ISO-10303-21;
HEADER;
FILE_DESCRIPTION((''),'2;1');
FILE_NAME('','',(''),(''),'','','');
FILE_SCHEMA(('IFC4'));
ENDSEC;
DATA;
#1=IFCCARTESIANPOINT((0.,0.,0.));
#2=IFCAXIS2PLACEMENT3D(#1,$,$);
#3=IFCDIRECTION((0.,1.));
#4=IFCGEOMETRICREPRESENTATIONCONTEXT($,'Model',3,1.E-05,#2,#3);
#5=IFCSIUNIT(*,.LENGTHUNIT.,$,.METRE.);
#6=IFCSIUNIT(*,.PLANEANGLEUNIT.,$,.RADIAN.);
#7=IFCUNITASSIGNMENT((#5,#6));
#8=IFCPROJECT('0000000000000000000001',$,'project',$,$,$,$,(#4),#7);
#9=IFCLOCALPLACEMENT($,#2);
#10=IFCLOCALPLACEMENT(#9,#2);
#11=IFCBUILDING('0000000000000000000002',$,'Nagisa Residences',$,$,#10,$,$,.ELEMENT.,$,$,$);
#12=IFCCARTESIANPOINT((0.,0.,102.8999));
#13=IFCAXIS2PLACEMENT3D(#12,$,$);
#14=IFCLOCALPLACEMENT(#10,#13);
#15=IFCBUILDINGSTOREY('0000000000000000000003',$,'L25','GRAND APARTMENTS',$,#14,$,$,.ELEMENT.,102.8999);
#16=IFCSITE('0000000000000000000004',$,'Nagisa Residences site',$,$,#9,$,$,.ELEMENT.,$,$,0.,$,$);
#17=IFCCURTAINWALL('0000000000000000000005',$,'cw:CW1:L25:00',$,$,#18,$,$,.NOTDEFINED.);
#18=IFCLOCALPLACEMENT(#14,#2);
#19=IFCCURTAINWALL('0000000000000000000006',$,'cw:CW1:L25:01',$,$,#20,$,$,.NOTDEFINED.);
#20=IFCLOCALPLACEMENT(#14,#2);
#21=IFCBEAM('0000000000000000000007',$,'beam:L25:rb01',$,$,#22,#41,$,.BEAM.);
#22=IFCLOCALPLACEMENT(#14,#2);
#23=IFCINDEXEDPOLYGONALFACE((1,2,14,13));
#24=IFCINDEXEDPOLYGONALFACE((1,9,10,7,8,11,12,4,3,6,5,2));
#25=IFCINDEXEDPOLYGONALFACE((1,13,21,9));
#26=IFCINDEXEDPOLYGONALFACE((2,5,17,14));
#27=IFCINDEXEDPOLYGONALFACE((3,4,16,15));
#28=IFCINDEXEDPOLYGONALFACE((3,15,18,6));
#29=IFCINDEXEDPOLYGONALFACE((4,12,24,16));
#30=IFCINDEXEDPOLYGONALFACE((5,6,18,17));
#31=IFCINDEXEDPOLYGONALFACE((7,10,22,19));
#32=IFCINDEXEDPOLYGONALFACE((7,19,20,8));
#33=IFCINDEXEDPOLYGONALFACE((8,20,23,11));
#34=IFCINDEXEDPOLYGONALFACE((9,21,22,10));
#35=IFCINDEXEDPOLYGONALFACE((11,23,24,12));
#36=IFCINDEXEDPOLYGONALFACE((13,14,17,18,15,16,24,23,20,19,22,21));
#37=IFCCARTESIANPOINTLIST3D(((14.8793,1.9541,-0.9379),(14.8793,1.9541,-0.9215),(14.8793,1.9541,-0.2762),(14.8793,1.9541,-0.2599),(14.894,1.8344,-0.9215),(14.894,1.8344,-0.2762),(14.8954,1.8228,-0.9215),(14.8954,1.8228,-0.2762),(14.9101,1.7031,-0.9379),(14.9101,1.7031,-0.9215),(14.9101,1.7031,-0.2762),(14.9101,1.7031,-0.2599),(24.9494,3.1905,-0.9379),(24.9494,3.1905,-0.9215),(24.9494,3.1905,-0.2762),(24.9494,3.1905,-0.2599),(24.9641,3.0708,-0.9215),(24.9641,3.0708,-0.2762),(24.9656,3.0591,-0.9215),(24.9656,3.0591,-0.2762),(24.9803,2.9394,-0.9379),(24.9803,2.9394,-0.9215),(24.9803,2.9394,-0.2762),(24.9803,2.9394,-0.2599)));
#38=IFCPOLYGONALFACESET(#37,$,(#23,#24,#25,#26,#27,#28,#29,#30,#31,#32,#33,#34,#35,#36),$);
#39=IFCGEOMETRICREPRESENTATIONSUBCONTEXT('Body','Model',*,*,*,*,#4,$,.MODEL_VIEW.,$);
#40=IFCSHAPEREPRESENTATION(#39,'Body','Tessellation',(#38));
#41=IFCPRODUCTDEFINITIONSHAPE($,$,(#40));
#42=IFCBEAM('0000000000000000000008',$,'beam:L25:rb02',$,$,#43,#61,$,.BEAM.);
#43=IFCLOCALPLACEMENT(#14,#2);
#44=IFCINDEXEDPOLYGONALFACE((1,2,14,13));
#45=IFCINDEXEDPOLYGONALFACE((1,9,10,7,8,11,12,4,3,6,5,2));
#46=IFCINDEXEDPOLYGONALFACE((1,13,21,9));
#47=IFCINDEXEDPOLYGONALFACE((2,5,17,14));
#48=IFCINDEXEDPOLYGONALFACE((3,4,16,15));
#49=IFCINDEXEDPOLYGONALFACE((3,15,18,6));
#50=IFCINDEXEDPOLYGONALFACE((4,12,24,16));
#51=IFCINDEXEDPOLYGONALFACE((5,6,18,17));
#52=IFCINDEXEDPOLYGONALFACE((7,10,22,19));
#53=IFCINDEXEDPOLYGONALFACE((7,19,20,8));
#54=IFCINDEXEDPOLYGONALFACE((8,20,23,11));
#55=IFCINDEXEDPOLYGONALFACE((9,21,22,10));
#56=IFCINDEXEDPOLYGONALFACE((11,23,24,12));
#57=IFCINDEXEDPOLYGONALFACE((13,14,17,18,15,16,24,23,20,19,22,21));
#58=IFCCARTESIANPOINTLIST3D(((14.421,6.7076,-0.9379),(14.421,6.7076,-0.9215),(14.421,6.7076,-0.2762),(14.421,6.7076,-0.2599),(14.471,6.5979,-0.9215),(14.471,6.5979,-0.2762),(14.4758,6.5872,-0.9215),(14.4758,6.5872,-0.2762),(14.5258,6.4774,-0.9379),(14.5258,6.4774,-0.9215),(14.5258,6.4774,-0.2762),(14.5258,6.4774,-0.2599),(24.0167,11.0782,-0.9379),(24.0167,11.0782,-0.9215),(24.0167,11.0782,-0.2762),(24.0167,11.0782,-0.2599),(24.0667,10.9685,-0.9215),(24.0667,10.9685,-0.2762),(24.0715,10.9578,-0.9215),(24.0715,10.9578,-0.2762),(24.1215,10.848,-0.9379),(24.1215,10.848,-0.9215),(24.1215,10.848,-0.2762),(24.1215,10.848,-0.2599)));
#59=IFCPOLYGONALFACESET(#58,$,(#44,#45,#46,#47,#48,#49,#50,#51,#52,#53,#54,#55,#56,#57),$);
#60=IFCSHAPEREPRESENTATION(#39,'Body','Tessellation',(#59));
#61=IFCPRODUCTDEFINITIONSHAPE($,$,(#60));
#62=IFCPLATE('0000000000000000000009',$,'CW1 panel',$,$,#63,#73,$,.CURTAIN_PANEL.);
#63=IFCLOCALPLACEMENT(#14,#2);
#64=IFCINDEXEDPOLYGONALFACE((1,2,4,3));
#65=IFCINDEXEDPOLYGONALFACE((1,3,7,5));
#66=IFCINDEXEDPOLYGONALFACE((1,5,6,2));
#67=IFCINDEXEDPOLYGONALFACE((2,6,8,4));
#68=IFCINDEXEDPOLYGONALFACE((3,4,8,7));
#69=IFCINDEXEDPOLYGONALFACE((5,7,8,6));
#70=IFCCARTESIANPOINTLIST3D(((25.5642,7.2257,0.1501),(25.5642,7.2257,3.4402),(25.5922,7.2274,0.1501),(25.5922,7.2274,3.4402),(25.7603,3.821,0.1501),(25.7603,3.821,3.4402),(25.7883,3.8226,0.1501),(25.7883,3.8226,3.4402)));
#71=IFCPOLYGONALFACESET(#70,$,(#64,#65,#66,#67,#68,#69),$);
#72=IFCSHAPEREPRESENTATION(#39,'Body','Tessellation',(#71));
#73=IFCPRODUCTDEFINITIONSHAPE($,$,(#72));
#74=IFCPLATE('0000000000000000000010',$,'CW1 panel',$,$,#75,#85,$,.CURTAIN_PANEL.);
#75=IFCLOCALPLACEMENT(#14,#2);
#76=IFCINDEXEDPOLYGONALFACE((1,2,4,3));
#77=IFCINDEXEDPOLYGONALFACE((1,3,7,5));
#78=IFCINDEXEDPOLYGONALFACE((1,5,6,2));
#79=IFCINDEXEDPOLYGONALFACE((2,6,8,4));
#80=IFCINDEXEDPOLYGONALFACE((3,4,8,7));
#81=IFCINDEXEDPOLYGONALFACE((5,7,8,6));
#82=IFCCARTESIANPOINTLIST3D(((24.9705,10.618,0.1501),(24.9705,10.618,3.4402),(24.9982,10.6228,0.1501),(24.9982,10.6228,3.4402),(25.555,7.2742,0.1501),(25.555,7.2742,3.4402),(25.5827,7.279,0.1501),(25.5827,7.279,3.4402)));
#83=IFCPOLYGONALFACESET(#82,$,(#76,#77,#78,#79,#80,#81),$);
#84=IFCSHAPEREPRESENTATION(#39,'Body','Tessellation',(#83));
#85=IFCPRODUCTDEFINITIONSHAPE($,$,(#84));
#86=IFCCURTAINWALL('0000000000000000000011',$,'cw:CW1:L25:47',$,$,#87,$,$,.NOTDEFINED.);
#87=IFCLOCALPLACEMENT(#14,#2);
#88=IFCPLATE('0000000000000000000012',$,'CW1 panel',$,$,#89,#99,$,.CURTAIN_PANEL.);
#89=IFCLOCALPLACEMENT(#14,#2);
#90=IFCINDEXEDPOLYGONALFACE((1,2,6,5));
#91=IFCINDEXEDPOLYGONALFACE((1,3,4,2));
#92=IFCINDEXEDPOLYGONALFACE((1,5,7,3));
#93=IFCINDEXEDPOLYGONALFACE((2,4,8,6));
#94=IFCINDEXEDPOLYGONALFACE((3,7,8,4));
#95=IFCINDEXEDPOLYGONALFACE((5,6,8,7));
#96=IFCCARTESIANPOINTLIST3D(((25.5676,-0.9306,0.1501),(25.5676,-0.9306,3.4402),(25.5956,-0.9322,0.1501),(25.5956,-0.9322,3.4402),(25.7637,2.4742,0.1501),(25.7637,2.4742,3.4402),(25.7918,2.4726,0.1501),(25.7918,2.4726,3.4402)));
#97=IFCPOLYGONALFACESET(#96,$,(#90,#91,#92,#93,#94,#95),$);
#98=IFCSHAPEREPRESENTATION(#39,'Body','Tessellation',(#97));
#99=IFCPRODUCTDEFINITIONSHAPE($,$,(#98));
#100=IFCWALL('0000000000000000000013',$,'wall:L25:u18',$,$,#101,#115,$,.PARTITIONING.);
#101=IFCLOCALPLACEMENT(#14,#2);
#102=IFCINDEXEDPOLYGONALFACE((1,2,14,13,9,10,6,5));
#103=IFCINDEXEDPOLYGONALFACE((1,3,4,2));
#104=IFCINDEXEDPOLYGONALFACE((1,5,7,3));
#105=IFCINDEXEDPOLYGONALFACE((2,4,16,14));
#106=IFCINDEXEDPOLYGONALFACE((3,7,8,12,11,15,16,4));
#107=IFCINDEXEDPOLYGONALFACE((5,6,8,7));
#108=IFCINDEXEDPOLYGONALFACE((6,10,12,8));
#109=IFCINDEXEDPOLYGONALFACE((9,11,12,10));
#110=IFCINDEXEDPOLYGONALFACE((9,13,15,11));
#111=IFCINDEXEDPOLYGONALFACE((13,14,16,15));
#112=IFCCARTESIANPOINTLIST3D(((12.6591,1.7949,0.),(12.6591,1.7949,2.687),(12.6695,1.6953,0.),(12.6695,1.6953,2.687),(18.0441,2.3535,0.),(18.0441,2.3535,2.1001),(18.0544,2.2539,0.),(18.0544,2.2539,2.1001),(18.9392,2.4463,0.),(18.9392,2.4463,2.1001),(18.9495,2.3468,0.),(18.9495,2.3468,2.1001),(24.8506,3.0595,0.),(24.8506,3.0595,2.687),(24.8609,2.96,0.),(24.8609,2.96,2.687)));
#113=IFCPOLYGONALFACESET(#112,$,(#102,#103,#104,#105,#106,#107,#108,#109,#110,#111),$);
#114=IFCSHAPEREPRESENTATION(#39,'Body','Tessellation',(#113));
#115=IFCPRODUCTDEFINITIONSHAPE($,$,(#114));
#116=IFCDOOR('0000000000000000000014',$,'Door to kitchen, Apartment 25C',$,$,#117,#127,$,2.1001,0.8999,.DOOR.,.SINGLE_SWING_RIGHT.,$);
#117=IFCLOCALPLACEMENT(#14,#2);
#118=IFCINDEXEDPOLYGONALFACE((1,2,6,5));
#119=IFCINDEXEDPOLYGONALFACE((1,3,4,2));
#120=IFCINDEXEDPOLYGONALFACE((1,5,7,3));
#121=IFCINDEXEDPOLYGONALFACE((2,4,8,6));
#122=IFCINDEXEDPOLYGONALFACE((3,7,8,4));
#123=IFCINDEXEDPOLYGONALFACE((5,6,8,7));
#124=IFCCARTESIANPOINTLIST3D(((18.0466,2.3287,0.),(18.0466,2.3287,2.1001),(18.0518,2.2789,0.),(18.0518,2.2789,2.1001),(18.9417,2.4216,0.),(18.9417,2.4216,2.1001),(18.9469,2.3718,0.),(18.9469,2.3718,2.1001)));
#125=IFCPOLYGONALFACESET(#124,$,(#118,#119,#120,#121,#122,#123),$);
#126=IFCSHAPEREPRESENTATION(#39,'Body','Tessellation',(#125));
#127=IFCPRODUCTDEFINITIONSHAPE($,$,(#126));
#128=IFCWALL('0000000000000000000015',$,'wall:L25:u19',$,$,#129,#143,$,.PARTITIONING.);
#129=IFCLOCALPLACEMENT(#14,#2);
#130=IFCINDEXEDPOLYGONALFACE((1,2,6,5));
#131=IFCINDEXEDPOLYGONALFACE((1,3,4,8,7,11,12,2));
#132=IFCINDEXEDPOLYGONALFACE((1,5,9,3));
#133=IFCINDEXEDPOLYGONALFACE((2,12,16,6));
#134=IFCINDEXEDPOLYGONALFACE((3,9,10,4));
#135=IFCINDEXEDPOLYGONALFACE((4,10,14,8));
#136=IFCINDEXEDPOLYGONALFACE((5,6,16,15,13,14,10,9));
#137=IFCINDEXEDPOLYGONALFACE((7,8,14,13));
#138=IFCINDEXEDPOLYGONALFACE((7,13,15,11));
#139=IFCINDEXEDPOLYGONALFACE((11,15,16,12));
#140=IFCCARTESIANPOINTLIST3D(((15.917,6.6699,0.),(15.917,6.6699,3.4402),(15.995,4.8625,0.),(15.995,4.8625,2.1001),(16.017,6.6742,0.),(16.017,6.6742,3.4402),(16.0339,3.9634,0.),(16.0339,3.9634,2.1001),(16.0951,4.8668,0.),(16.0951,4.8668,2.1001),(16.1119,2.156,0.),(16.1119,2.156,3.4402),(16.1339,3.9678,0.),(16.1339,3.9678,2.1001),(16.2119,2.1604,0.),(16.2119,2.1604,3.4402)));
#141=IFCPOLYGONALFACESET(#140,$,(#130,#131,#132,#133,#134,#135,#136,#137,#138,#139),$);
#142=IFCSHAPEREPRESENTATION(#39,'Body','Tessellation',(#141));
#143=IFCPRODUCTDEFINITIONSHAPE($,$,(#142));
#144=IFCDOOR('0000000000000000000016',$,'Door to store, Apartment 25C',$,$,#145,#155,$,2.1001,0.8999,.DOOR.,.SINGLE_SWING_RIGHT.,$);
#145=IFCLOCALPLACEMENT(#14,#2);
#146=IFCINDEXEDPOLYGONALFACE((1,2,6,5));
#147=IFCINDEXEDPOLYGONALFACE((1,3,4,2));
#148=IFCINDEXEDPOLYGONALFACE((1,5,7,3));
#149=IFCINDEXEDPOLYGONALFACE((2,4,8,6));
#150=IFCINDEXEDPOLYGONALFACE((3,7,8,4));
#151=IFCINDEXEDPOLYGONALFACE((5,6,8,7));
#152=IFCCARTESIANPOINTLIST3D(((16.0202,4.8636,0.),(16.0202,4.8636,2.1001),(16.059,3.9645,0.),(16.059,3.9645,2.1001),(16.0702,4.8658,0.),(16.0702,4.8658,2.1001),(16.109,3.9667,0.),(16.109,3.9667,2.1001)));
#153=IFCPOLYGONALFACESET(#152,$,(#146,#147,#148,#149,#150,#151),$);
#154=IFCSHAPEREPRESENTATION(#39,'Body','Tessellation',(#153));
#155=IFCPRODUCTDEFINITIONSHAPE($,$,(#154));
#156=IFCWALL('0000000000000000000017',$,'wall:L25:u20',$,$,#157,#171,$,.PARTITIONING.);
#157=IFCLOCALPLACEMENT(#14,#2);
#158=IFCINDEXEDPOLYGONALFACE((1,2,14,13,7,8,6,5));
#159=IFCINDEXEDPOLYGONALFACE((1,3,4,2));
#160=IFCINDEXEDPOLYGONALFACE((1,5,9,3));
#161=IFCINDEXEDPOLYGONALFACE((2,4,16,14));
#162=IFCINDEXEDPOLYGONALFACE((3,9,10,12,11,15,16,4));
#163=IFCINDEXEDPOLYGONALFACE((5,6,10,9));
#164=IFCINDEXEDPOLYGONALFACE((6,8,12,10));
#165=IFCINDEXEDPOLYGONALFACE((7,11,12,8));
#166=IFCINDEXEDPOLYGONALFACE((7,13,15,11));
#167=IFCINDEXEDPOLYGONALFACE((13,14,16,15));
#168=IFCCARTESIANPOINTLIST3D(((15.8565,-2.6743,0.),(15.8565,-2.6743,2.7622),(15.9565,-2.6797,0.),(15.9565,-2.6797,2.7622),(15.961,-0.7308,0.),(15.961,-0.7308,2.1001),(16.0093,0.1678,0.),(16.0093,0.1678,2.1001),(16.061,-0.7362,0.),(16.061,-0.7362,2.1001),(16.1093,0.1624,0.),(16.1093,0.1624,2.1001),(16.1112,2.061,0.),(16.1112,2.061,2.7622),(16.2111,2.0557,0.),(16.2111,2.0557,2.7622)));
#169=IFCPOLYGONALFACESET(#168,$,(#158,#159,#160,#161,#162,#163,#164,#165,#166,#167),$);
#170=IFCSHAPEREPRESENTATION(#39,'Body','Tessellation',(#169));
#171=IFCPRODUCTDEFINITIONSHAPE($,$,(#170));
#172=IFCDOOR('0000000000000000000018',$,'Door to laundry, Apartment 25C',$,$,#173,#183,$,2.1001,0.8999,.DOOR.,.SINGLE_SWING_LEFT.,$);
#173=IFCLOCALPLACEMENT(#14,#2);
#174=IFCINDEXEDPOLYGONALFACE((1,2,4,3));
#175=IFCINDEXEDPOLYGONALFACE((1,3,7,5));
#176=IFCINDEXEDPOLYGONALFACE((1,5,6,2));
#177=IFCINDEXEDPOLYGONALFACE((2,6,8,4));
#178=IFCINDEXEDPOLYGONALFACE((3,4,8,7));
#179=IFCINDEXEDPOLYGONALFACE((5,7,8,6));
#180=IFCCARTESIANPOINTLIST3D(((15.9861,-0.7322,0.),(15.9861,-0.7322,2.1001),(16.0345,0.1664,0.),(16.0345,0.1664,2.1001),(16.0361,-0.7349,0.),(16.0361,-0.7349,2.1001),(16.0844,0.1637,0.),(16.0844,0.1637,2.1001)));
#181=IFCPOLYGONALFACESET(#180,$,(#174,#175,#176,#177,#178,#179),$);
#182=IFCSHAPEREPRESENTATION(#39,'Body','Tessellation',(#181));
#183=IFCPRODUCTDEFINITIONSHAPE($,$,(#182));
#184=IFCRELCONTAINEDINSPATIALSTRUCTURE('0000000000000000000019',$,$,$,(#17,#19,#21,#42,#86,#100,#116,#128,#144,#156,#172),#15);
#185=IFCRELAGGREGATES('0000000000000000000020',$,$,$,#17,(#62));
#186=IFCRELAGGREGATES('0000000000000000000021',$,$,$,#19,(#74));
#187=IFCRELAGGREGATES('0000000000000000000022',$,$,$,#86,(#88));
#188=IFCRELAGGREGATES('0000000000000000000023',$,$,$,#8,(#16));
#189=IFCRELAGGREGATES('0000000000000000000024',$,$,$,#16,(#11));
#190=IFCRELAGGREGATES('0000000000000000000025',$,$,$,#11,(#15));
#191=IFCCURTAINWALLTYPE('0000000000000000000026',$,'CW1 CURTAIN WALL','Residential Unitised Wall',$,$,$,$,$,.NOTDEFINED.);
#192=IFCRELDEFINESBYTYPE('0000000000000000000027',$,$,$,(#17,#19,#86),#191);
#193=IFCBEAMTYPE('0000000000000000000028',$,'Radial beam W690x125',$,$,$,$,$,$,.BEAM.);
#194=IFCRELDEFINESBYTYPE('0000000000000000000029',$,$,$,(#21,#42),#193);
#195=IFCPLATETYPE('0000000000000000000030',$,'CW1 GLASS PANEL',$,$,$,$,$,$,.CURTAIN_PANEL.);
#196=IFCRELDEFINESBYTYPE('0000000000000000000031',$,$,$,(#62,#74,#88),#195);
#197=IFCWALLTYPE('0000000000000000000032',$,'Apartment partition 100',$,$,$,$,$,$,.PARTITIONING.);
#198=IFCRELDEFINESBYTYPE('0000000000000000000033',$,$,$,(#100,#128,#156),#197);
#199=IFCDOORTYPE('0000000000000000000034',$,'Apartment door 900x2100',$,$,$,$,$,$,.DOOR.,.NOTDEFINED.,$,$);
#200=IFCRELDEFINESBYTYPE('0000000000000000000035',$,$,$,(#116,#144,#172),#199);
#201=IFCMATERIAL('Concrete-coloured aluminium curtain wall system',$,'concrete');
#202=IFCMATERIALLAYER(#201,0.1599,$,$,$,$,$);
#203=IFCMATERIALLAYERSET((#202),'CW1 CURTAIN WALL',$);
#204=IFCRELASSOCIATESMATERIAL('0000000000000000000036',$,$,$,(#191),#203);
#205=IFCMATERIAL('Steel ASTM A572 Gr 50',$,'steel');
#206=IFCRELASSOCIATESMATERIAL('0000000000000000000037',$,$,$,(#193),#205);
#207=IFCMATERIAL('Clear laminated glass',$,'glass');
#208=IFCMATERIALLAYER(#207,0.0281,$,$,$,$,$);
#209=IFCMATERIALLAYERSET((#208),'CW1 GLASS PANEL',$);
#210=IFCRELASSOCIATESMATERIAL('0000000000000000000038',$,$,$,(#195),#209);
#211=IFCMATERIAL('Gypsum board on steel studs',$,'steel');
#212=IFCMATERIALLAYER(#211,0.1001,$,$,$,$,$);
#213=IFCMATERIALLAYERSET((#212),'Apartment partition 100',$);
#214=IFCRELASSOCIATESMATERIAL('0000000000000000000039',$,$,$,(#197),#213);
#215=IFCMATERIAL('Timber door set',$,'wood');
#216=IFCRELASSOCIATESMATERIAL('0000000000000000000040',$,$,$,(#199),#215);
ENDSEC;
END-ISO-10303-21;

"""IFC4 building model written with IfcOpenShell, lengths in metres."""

from ifc_helpers import new_model, si_unit, direction, frame, frame_2d, origin, origin_2d, place, context, subcontext, project, spatial, rectangle, i_section, extrude, material, layer, layer_set, material_profile, profile_set, type_object, element, fill, aggregate, save


model = new_model("IFC4")

# Units and contexts
model_context = context("Model", 3, precision=1e-05, world=origin(), true_north=direction((0.0, 1.0)))
body_context = subcontext(model_context, "Body", "Model", "MODEL_VIEW")
ifc_project = project(units=[si_unit("LENGTHUNIT", "METRE"), si_unit("PLANEANGLEUNIT", "RADIAN")], contexts=[model_context])

# Site, building, storey
site_placement = place(None, origin())
site = spatial("IfcSite", under=ifc_project, at=site_placement, Name="Nagisa Residences site", CompositionType="ELEMENT", RefElevation=0.0)
building_placement = place(site_placement, origin())
building = spatial("IfcBuilding", under=site, at=building_placement, Name="Nagisa Residences", CompositionType="ELEMENT")
storey_placement = place(building_placement, frame((0.0, 0.0, 102.8999)))
storey = spatial("IfcBuildingStorey", under=building, at=storey_placement, Name="L25", Description="GRAND APARTMENTS", CompositionType="ELEMENT", Elevation=102.8999)

# Curtain walls
ifc_material_1 = material(Name="Concrete-coloured aluminium curtain wall system", Category="concrete")
ifc_layer_1 = layer(ifc_material_1, 0.1599)
ifc_layer_set_1 = layer_set([ifc_layer_1], Name="CW1 CURTAIN WALL")
curtain_wall_type = type_object("IfcCurtainWallType", Name="CW1 CURTAIN WALL", Description="Residential Unitised Wall", PredefinedType="NOTDEFINED", material=ifc_layer_set_1)
curtain_wall_1_placement = place(storey_placement, origin())
curtain_wall_1 = element("IfcCurtainWall", 1, at=curtain_wall_1_placement, inside=storey, type_object=curtain_wall_type, Name="cw:CW1:L25:00", PredefinedType="NOTDEFINED")
curtain_wall_2_placement = place(storey_placement, origin())
curtain_wall_2 = element("IfcCurtainWall", 2, at=curtain_wall_2_placement, inside=storey, type_object=curtain_wall_type, Name="cw:CW1:L25:01", PredefinedType="NOTDEFINED")

# Beams
ifc_material_2 = material(Name="Steel ASTM A572 Gr 50", Category="steel")
ifc_material_profile_1 = material_profile(ifc_material_2, i_section(OverallWidth=0.2529, OverallDepth=0.678, WebThickness=0.0117, FlangeThickness=0.0164, at=origin_2d()), Name="W690x125")
ifc_profile_set_1 = profile_set([ifc_material_profile_1], Name="Steel ASTM A572 Gr 50")
beam_type_1 = type_object("IfcBeamType", Name="Radial beam W690x125", PredefinedType="BEAM", material=ifc_profile_set_1)
beam_1_placement = place(storey_placement, frame((24.9648, 3.0649, -0.5989), z_axis=(-0.992548, -0.121858, 0.0), x_axis=(0.121858, -0.992548, 0.0)))
element("IfcBeam", 3, at=beam_1_placement, inside=storey, type_object=beam_type_1, Name="beam:L25:rb01", PredefinedType="BEAM", context=body_context, shape_type="SweptSolid", body=[
    extrude(i_section(OverallWidth=0.2529, OverallDepth=0.678, WebThickness=0.0117, FlangeThickness=0.0164, at=origin_2d()), origin(), (0.0, 0.0, 1.0), 10.1458),
])
beam_2_placement = place(storey_placement, frame((24.0691, 10.9631, -0.5989), z_axis=(-0.910047, -0.414504, 0.0), x_axis=(0.414504, -0.910047, 0.0)))
element("IfcBeam", 4, at=beam_2_placement, inside=storey, type_object=beam_type_1, Name="beam:L25:rb02", PredefinedType="BEAM", context=body_context, shape_type="SweptSolid", body=[
    extrude(i_section(OverallWidth=0.2529, OverallDepth=0.678, WebThickness=0.0117, FlangeThickness=0.0164, at=origin_2d()), origin(), (0.0, 0.0, 1.0), 10.5442),
])

# Plates
ifc_material_3 = material(Name="Clear laminated glass", Category="glass")
ifc_layer_2 = layer(ifc_material_3, 0.0281)
ifc_layer_set_2 = layer_set([ifc_layer_2], Name="CW1 GLASS PANEL")
plate_type = type_object("IfcPlateType", Name="CW1 GLASS PANEL", PredefinedType="CURTAIN_PANEL", material=ifc_layer_set_2)
plate_1_placement = place(storey_placement, frame((25.6763, 5.5242, 0.1501), z_axis=(0.0, 0.0, 1.0), x_axis=(-0.057503, 0.998345, 0.0)))
plate_1 = element("IfcPlate", 5, at=plate_1_placement, type_object=plate_type, Name="CW1 panel", PredefinedType="CURTAIN_PANEL", context=body_context, shape_type="SweptSolid", body=[
    extrude(rectangle(XDim=3.4104, YDim=0.0281, at=origin_2d()), origin(), (0.0, 0.0, 1.0), 3.29),
])
aggregate(curtain_wall_1, [plate_1])
plate_2_placement = place(storey_placement, frame((25.2766, 8.9485, 0.1501), z_axis=(0.0, 0.0, 1.0), x_axis=(-0.172191, 0.985064, 0.0)))
plate_2 = element("IfcPlate", 6, at=plate_2_placement, type_object=plate_type, Name="CW1 panel", PredefinedType="CURTAIN_PANEL", context=body_context, shape_type="SweptSolid", body=[
    extrude(rectangle(XDim=3.3945, YDim=0.0281, at=origin_2d()), origin(), (0.0, 0.0, 1.0), 3.29),
])
aggregate(curtain_wall_2, [plate_2])

# Curtain wall, plate
curtain_wall_3_placement = place(storey_placement, origin())
curtain_wall_3 = element("IfcCurtainWall", 7, at=curtain_wall_3_placement, inside=storey, type_object=curtain_wall_type, Name="cw:CW1:L25:47", PredefinedType="NOTDEFINED")
plate_3_placement = place(storey_placement, frame((25.6797, 0.771, 0.1501), z_axis=(0.0, 0.0, 1.0), x_axis=(0.057503, 0.998345, 0.0)))
plate_3 = element("IfcPlate", 8, at=plate_3_placement, type_object=plate_type, Name="CW1 panel", PredefinedType="CURTAIN_PANEL", context=body_context, shape_type="SweptSolid", body=[
    extrude(rectangle(XDim=3.4104, YDim=0.0281, at=origin_2d()), origin(), (0.0, 0.0, 1.0), 3.29),
])
aggregate(curtain_wall_3, [plate_3])

# Walls, openings, doors
ifc_material_4 = material(Name="Gypsum board on steel studs", Category="steel")
ifc_layer_3 = layer(ifc_material_4, 0.1001)
ifc_layer_set_3 = layer_set([ifc_layer_3], Name="Apartment partition 100")
wall_type = type_object("IfcWallType", Name="Apartment partition 100", PredefinedType="PARTITIONING", material=ifc_layer_set_3)
wall_1_placement = place(storey_placement, frame((12.6643, 1.7451, 0.0), z_axis=(0.0, 0.0, 1.0), x_axis=(0.994663, 0.103179, 0.0)))
wall_1 = element("IfcWall", 9, at=wall_1_placement, inside=storey, type_object=wall_type, Name="wall:L25:u18", PredefinedType="PARTITIONING", context=body_context, shape_type="SweptSolid", body=[
    extrude(rectangle(XDim=12.2568, YDim=0.1001, at=frame_2d((6.1284, 0.0))), origin(), (0.0, 0.0, 1.0), 2.687),
])
opening_1_placement = place(wall_1_placement, frame((5.4138, 0.0, 0.0)))
opening_1 = element("IfcOpeningElement", 10, at=opening_1_placement, cuts=wall_1, PredefinedType="OPENING", context=body_context, shape_type="SweptSolid", body=[
    extrude(rectangle(XDim=0.8999, YDim=2.1001, at=frame_2d((0.45, 1.05))), frame((0.0, 0.0601, 0.0), z_axis=(0.0, -1.0, 0.0), x_axis=(1.0, 0.0, 0.0)), (0.0, 0.0, 1.0), 0.1201),
])
ifc_material_5 = material(Name="Timber door set", Category="wood")
door_type = type_object("IfcDoorType", Name="Apartment door 900x2100", OperationType="NOTDEFINED", PredefinedType="DOOR", material=ifc_material_5)
door_1_placement = place(opening_1_placement, frame((0.8999, 0.0, 0.0), x_axis=(-1.0, 0.0, 0.0)))
door_1 = element("IfcDoor", 11, at=door_1_placement, inside=storey, type_object=door_type, Name="Door to kitchen, Apartment 25C", OperationType="SINGLE_SWING_RIGHT", OverallHeight=2.1001, OverallWidth=0.8999, PredefinedType="DOOR", context=body_context, shape_type="SweptSolid", body=[
    extrude(rectangle(XDim=0.8999, YDim=2.1001, at=frame_2d((0.45, 1.05))), frame((0.0, 0.0249, 0.0), z_axis=(0.0, -1.0, 0.0), x_axis=(1.0, 0.0, 0.0)), (0.0, 0.0, 1.0), 0.05),
])
fill(opening_1, door_1)
wall_2_placement = place(storey_placement, frame((16.1619, 2.1582, 0.0), z_axis=(0.0, 0.0, 1.0), x_axis=(-0.043121, 0.99907, 0.0)))
wall_2 = element("IfcWall", 12, at=wall_2_placement, inside=storey, type_object=wall_type, Name="wall:L25:u19", PredefinedType="PARTITIONING", context=body_context, shape_type="SweptSolid", body=[
    extrude(rectangle(XDim=4.5181, YDim=0.1001, at=frame_2d((2.259, 0.0))), origin(), (0.0, 0.0, 1.0), 3.4402),
])
opening_2_placement = place(wall_2_placement, frame((1.8091, 0.0, 0.0)))
opening_2 = element("IfcOpeningElement", 13, at=opening_2_placement, cuts=wall_2, PredefinedType="OPENING", context=body_context, shape_type="SweptSolid", body=[
    extrude(rectangle(XDim=0.8999, YDim=2.1001, at=frame_2d((0.45, 1.05))), frame((0.0, 0.0601, 0.0), z_axis=(0.0, -1.0, 0.0), x_axis=(1.0, 0.0, 0.0)), (0.0, 0.0, 1.0), 0.1201),
])
door_2_placement = place(opening_2_placement, origin())
door_2 = element("IfcDoor", 14, at=door_2_placement, inside=storey, type_object=door_type, Name="Door to store, Apartment 25C", OperationType="SINGLE_SWING_RIGHT", OverallHeight=2.1001, OverallWidth=0.8999, PredefinedType="DOOR", context=body_context, shape_type="SweptSolid", body=[
    extrude(rectangle(XDim=0.8999, YDim=2.1001, at=frame_2d((0.45, 1.05))), frame((0.0, 0.0249, 0.0), z_axis=(0.0, -1.0, 0.0), x_axis=(1.0, 0.0, 0.0)), (0.0, 0.0, 1.0), 0.05),
])
fill(opening_2, door_2)
wall_3_placement = place(storey_placement, frame((16.1611, 2.0583, 0.0), z_axis=(0.0, 0.0, 1.0), x_axis=(-0.053696, -0.998557, 0.0)))
wall_3 = element("IfcWall", 15, at=wall_3_placement, inside=storey, type_object=wall_type, Name="wall:L25:u20", PredefinedType="PARTITIONING", context=body_context, shape_type="SweptSolid", body=[
    extrude(rectangle(XDim=4.7422, YDim=0.1001, at=frame_2d((2.3711, 0.0))), origin(), (0.0, 0.0, 1.0), 2.7622),
])
opening_3_placement = place(wall_3_placement, frame((1.896, 0.0, 0.0)))
opening_3 = element("IfcOpeningElement", 16, at=opening_3_placement, cuts=wall_3, PredefinedType="OPENING", context=body_context, shape_type="SweptSolid", body=[
    extrude(rectangle(XDim=0.8999, YDim=2.1001, at=frame_2d((0.45, 1.05))), frame((0.0, 0.0601, 0.0), z_axis=(0.0, -1.0, 0.0), x_axis=(1.0, 0.0, 0.0)), (0.0, 0.0, 1.0), 0.1201),
])
door_3_placement = place(opening_3_placement, frame((0.8999, 0.0, 0.0), x_axis=(-1.0, 0.0, 0.0)))
door_3 = element("IfcDoor", 17, at=door_3_placement, inside=storey, type_object=door_type, Name="Door to laundry, Apartment 25C", OperationType="SINGLE_SWING_LEFT", OverallHeight=2.1001, OverallWidth=0.8999, PredefinedType="DOOR", context=body_context, shape_type="SweptSolid", body=[
    extrude(rectangle(XDim=0.8999, YDim=2.1001, at=frame_2d((0.45, 1.05))), frame((0.0, 0.0249, 0.0), z_axis=(0.0, -1.0, 0.0), x_axis=(1.0, 0.0, 0.0)), (0.0, 0.0, 1.0), 0.05),
])
fill(opening_3, door_3)

save(model, "model.ifc")
